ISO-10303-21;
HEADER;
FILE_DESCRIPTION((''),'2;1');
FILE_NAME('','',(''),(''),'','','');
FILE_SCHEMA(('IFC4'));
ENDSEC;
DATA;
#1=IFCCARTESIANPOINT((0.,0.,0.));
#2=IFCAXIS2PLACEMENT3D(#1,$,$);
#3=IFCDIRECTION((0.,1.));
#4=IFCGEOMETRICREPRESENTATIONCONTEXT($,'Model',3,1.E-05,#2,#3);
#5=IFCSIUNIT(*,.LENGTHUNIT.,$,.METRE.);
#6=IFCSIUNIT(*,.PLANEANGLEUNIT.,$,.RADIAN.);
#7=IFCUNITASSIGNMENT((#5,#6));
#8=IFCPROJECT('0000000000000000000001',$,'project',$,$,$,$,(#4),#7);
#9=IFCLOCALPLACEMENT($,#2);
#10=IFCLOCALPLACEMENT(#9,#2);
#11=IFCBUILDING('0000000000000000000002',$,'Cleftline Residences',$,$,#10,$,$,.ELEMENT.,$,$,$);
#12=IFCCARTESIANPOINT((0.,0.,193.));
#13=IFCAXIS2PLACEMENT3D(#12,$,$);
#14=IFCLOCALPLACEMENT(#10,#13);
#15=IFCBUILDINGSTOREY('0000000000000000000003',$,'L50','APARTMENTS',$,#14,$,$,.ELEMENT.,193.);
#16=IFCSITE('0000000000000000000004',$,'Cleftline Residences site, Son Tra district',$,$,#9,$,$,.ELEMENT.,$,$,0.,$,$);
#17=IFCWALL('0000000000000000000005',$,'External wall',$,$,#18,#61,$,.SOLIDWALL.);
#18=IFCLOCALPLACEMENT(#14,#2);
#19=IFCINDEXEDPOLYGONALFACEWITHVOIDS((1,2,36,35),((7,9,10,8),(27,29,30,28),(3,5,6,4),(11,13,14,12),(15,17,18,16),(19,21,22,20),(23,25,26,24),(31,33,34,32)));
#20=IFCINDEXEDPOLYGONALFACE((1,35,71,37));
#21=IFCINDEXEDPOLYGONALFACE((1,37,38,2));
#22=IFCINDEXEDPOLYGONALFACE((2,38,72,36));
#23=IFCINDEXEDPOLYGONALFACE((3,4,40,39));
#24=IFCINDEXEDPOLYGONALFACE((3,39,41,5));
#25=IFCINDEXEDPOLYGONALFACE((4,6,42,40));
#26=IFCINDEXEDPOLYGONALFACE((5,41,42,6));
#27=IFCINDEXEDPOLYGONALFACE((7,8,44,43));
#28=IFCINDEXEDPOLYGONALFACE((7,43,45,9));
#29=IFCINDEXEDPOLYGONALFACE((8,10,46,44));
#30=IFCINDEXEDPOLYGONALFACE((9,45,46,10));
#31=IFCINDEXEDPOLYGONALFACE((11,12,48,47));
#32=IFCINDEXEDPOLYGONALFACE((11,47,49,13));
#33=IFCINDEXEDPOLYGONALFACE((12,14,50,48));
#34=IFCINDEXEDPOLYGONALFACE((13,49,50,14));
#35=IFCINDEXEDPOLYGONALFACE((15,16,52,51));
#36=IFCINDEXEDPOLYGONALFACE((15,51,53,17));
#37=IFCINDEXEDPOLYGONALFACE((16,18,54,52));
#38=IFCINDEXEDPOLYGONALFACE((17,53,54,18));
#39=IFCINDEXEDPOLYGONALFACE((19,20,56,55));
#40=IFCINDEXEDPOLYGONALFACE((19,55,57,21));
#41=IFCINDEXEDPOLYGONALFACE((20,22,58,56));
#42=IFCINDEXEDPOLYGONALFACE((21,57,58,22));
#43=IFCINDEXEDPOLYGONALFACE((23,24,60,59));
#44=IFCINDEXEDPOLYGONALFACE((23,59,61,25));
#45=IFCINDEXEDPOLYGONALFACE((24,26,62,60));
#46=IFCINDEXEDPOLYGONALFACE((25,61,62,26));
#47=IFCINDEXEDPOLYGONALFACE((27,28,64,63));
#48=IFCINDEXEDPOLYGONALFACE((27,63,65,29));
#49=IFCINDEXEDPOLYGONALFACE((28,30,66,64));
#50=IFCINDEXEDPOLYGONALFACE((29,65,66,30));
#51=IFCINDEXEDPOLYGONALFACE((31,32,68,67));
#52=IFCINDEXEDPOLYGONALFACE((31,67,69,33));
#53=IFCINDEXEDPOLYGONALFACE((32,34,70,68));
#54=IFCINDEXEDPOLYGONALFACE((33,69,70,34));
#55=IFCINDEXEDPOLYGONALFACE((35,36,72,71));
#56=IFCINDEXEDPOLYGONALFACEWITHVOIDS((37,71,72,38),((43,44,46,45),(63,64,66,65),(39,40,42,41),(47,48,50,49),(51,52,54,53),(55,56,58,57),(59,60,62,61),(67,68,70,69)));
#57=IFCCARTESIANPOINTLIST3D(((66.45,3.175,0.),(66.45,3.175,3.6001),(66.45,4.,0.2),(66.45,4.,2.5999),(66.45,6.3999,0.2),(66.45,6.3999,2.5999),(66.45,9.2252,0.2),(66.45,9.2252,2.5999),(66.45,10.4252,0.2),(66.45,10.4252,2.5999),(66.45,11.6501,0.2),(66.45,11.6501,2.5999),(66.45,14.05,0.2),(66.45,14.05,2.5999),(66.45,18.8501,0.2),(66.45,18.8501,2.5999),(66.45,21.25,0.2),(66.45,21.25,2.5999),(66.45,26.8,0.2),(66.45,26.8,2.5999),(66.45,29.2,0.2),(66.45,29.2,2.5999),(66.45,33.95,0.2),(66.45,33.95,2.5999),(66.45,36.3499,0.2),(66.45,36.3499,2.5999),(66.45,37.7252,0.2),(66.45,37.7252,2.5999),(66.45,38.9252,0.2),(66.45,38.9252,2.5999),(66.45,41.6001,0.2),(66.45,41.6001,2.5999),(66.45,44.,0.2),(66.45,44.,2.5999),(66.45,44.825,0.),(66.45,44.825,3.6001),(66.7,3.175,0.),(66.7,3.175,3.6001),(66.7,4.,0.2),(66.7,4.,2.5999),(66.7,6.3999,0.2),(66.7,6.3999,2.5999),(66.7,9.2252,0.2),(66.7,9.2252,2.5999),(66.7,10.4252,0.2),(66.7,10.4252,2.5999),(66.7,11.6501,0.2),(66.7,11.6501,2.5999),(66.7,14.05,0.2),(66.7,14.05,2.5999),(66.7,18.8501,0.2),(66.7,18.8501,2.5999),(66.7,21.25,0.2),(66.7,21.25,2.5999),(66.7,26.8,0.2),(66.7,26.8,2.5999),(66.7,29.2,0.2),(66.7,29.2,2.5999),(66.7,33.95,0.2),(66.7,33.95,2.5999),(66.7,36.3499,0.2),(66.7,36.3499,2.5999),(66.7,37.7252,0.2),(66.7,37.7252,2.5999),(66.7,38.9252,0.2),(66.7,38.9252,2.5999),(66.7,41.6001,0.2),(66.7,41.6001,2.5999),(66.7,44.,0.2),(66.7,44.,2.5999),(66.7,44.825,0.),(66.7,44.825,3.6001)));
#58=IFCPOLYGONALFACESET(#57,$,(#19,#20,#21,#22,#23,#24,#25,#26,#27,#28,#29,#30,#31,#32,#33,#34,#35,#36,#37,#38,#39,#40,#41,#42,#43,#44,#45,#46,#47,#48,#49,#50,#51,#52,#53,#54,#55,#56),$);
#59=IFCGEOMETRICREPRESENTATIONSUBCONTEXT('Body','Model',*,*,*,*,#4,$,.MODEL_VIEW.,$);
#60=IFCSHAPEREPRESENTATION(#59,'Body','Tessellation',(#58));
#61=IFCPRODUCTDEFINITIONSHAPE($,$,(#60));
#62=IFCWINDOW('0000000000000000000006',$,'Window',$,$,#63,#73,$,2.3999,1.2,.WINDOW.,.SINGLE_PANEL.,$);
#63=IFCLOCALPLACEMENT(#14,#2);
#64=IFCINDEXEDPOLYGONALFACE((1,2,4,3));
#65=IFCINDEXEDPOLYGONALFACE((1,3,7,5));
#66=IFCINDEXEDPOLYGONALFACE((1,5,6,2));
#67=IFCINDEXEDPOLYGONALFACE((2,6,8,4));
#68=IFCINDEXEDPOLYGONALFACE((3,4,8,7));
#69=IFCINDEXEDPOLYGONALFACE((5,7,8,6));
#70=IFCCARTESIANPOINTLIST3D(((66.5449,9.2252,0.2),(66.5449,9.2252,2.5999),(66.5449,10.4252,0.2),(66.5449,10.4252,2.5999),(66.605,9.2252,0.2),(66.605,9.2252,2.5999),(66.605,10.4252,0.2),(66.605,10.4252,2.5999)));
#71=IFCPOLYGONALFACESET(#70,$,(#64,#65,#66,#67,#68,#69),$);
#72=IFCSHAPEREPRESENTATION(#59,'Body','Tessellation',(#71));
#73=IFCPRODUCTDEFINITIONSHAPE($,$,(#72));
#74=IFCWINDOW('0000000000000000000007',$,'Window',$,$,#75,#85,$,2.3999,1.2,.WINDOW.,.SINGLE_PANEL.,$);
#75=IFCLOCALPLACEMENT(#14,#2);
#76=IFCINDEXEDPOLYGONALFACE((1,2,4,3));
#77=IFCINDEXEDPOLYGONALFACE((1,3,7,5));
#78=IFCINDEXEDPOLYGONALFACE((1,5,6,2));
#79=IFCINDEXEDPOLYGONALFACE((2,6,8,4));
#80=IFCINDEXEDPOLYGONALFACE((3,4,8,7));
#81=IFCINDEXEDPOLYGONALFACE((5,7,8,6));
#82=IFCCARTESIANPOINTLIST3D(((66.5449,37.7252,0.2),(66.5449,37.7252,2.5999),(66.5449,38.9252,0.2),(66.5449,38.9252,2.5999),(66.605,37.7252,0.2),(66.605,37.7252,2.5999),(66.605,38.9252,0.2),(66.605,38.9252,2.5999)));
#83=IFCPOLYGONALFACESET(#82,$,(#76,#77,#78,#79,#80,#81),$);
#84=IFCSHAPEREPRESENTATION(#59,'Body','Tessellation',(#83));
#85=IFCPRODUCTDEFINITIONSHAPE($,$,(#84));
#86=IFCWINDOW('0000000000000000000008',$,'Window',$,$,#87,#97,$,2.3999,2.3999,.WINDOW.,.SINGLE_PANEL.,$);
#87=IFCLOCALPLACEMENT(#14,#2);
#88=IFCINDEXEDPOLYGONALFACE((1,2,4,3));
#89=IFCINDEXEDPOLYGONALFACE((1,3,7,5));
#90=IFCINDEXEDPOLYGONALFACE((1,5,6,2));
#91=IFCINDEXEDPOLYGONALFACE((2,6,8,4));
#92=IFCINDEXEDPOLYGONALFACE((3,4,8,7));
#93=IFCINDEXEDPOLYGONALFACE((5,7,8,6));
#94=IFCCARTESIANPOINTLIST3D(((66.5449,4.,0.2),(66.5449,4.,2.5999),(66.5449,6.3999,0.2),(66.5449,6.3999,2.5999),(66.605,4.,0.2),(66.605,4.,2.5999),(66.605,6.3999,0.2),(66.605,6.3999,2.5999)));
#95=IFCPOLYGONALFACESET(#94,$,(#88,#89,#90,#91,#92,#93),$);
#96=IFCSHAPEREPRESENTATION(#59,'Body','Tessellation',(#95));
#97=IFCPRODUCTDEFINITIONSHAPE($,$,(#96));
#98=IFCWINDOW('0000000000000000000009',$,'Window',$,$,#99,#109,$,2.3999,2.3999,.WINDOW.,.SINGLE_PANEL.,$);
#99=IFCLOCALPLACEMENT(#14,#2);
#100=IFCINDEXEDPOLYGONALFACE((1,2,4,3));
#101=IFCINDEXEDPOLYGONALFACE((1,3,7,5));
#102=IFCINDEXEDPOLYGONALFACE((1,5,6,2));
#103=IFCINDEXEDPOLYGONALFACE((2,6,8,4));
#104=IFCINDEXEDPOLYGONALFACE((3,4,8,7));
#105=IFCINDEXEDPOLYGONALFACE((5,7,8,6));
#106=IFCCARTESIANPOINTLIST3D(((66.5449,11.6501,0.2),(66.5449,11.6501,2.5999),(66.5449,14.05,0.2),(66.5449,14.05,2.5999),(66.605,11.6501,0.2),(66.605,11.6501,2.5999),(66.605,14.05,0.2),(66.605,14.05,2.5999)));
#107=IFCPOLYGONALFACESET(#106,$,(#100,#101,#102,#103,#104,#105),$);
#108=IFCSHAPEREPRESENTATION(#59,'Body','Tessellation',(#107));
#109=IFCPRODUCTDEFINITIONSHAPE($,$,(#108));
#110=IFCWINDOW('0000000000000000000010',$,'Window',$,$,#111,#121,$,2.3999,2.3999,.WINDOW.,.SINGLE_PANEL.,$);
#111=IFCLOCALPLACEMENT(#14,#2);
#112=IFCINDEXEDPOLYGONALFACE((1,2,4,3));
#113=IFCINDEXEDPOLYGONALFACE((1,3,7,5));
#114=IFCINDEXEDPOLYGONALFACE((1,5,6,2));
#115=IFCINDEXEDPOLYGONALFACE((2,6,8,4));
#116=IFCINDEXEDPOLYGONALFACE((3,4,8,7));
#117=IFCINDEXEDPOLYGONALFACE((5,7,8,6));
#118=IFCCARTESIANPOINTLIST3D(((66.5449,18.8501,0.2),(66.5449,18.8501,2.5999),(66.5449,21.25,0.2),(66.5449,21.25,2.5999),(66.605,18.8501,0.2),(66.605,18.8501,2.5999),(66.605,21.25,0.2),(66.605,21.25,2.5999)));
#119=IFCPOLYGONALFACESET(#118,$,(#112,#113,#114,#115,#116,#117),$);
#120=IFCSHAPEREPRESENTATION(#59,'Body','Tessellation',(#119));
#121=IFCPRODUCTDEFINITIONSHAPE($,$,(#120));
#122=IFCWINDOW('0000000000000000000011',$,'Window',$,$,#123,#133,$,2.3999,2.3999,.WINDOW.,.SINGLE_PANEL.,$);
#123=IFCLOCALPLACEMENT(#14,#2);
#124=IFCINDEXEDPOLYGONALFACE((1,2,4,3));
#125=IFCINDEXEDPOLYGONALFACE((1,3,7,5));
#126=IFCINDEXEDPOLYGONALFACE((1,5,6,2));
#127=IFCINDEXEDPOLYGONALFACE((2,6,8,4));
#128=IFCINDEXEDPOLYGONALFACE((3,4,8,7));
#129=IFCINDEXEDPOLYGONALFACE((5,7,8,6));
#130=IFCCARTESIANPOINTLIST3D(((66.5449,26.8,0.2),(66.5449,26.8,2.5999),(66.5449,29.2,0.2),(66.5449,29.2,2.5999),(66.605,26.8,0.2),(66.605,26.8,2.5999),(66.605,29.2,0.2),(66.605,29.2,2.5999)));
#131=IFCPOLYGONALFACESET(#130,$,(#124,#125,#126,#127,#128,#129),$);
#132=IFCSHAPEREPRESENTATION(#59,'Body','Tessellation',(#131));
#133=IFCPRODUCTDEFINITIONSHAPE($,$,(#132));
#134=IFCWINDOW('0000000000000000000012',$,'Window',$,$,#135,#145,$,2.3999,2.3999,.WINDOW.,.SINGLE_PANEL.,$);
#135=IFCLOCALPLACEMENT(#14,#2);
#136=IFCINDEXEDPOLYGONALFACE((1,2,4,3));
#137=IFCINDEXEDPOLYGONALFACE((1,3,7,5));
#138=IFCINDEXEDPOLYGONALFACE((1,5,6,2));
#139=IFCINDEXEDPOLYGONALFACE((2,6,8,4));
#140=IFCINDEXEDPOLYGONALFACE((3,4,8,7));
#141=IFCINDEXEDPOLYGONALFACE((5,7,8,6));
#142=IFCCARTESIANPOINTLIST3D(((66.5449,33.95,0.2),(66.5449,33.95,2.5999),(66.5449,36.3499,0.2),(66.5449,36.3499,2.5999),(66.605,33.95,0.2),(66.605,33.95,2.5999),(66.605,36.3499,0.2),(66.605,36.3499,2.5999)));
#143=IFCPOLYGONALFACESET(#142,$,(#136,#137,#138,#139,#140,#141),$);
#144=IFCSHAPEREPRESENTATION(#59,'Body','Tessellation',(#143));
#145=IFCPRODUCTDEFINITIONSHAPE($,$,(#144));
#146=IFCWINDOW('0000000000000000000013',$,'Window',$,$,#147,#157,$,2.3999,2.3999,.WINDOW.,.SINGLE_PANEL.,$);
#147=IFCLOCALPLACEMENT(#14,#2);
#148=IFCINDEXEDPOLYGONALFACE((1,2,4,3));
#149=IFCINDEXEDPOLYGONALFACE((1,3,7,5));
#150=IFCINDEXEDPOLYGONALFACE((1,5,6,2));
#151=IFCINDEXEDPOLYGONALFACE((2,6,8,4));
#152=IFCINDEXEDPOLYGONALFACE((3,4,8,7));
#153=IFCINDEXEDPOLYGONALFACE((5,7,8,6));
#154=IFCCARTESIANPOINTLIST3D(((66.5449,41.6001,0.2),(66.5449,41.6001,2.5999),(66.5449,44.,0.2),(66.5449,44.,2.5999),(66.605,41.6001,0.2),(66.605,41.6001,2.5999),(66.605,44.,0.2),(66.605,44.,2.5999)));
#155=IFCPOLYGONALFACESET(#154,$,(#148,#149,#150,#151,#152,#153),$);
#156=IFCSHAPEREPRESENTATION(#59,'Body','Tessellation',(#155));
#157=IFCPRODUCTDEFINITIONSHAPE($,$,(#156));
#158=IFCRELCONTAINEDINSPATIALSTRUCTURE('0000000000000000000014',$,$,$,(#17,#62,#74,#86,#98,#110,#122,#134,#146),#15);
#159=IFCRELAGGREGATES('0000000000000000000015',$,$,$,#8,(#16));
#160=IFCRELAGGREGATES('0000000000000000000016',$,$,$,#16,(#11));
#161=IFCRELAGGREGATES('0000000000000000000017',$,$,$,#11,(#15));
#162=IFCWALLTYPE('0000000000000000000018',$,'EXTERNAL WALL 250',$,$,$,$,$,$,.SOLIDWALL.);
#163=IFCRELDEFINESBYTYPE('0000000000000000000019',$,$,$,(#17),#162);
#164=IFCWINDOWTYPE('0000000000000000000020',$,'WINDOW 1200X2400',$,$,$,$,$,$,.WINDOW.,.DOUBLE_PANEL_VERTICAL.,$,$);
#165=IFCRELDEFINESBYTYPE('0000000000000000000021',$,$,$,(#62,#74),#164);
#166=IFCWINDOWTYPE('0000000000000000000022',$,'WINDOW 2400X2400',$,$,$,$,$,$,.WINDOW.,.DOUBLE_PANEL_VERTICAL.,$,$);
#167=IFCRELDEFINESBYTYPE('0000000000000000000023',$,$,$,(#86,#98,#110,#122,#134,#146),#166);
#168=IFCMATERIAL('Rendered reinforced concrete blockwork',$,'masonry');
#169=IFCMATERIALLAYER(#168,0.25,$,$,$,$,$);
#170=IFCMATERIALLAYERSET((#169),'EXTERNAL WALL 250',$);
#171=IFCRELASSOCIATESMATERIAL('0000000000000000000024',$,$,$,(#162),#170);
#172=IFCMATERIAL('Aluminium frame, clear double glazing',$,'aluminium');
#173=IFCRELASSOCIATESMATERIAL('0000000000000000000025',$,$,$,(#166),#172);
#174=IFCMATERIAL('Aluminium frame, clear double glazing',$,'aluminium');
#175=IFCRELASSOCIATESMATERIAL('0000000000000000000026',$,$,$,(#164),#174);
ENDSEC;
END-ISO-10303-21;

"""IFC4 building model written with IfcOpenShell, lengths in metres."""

from ifc_helpers import new_model, si_unit, direction, frame, frame_2d, origin, place, context, subcontext, project, spatial, rectangle, extrude, material, layer, layer_set, type_object, element, fill, save


model = new_model("IFC4")

# Units and contexts
model_context = context("Model", 3, precision=1e-05, world=origin(), true_north=direction((0.0, 1.0)))
body_context = subcontext(model_context, "Body", "Model", "MODEL_VIEW")
ifc_project = project(units=[si_unit("LENGTHUNIT", "METRE"), si_unit("PLANEANGLEUNIT", "RADIAN")], contexts=[model_context])

# Site, building, storey
site_placement = place(None, origin())
site = spatial("IfcSite", under=ifc_project, at=site_placement, Name="Cleftline Residences site, Son Tra district", CompositionType="ELEMENT", RefElevation=0.0)
building_placement = place(site_placement, origin())
building = spatial("IfcBuilding", under=site, at=building_placement, Name="Cleftline Residences", CompositionType="ELEMENT")
storey_placement = place(building_placement, frame((0.0, 0.0, 193.0)))
storey = spatial("IfcBuildingStorey", under=building, at=storey_placement, Name="L50", Description="APARTMENTS", CompositionType="ELEMENT", Elevation=193.0)

# Shared definitions
ifc_material_1 = material(Name="Rendered reinforced concrete blockwork", Category="masonry")
ifc_layer_1 = layer(ifc_material_1, 0.25)
ifc_layer_set_1 = layer_set([ifc_layer_1], Name="EXTERNAL WALL 250")
wall_type_1 = type_object("IfcWallType", Name="EXTERNAL WALL 250", PredefinedType="SOLIDWALL", material=ifc_layer_set_1)
ifc_material_2 = material(Name="Aluminium frame, clear double glazing", Category="aluminium")
window_type_1 = type_object("IfcWindowType", Name="WINDOW 2400X2400", PartitioningType="DOUBLE_PANEL_VERTICAL", PredefinedType="WINDOW", material=ifc_material_2)

# Wall, openings, windows
wall_1_placement = place(storey_placement, frame((66.575, 3.175, 0.0), z_axis=(0.0, 0.0, 1.0), x_axis=(0.0, 1.0, 0.0)))
wall_1 = element("IfcWall", 1, at=wall_1_placement, inside=storey, type_object=wall_type_1, Name="External wall", PredefinedType="SOLIDWALL", context=body_context, shape_type="SweptSolid", body=[
    extrude(rectangle(XDim=41.6499, YDim=0.25, at=frame_2d((20.825, 0.0))), origin(), (0.0, 0.0, 1.0), 3.6001),
])
opening_1_placement = place(wall_1_placement, frame((0.825, 0.0, 0.2)))
opening_1 = element("IfcOpeningElement", 2, at=opening_1_placement, cuts=wall_1, PredefinedType="OPENING", context=body_context, shape_type="SweptSolid", body=[
    extrude(rectangle(XDim=2.3999, YDim=2.3999, at=frame_2d((1.2, 1.2))), frame((0.0, 0.135, 0.0), z_axis=(0.0, -1.0, 0.0), x_axis=(1.0, 0.0, 0.0)), (0.0, 0.0, 1.0), 0.27),
])
opening_2_placement = place(wall_1_placement, frame((6.05, 0.0, 0.2)))
opening_2 = element("IfcOpeningElement", 3, at=opening_2_placement, cuts=wall_1, PredefinedType="OPENING", context=body_context, shape_type="SweptSolid", body=[
    extrude(rectangle(XDim=1.2, YDim=2.3999, at=frame_2d((0.6001, 1.2))), frame((0.0, 0.135, 0.0), z_axis=(0.0, -1.0, 0.0), x_axis=(1.0, 0.0, 0.0)), (0.0, 0.0, 1.0), 0.27),
])
opening_3_placement = place(wall_1_placement, frame((8.4751, 0.0, 0.2)))
opening_3 = element("IfcOpeningElement", 4, at=opening_3_placement, cuts=wall_1, PredefinedType="OPENING", context=body_context, shape_type="SweptSolid", body=[
    extrude(rectangle(XDim=2.3999, YDim=2.3999, at=frame_2d((1.2, 1.2))), frame((0.0, 0.135, 0.0), z_axis=(0.0, -1.0, 0.0), x_axis=(1.0, 0.0, 0.0)), (0.0, 0.0, 1.0), 0.27),
])
opening_4_placement = place(wall_1_placement, frame((15.675, 0.0, 0.2)))
opening_4 = element("IfcOpeningElement", 5, at=opening_4_placement, cuts=wall_1, PredefinedType="OPENING", context=body_context, shape_type="SweptSolid", body=[
    extrude(rectangle(XDim=2.3999, YDim=2.3999, at=frame_2d((1.2, 1.2))), frame((0.0, 0.135, 0.0), z_axis=(0.0, -1.0, 0.0), x_axis=(1.0, 0.0, 0.0)), (0.0, 0.0, 1.0), 0.27),
])
opening_5_placement = place(wall_1_placement, frame((23.625, 0.0, 0.2)))
opening_5 = element("IfcOpeningElement", 6, at=opening_5_placement, cuts=wall_1, PredefinedType="OPENING", context=body_context, shape_type="SweptSolid", body=[
    extrude(rectangle(XDim=2.3999, YDim=2.3999, at=frame_2d((1.2, 1.2))), frame((0.0, 0.135, 0.0), z_axis=(0.0, -1.0, 0.0), x_axis=(1.0, 0.0, 0.0)), (0.0, 0.0, 1.0), 0.27),
])
opening_6_placement = place(wall_1_placement, frame((30.7749, 0.0, 0.2)))
opening_6 = element("IfcOpeningElement", 7, at=opening_6_placement, cuts=wall_1, PredefinedType="OPENING", context=body_context, shape_type="SweptSolid", body=[
    extrude(rectangle(XDim=2.3999, YDim=2.3999, at=frame_2d((1.2, 1.2))), frame((0.0, 0.135, 0.0), z_axis=(0.0, -1.0, 0.0), x_axis=(1.0, 0.0, 0.0)), (0.0, 0.0, 1.0), 0.27),
])
opening_7_placement = place(wall_1_placement, frame((34.55, 0.0, 0.2)))
opening_7 = element("IfcOpeningElement", 8, at=opening_7_placement, cuts=wall_1, PredefinedType="OPENING", context=body_context, shape_type="SweptSolid", body=[
    extrude(rectangle(XDim=1.2, YDim=2.3999, at=frame_2d((0.6001, 1.2))), frame((0.0, 0.135, 0.0), z_axis=(0.0, -1.0, 0.0), x_axis=(1.0, 0.0, 0.0)), (0.0, 0.0, 1.0), 0.27),
])
opening_8_placement = place(wall_1_placement, frame((38.425, 0.0, 0.2)))
opening_8 = element("IfcOpeningElement", 9, at=opening_8_placement, cuts=wall_1, PredefinedType="OPENING", context=body_context, shape_type="SweptSolid", body=[
    extrude(rectangle(XDim=2.3999, YDim=2.3999, at=frame_2d((1.2, 1.2))), frame((0.0, 0.135, 0.0), z_axis=(0.0, -1.0, 0.0), x_axis=(1.0, 0.0, 0.0)), (0.0, 0.0, 1.0), 0.27),
])
ifc_material_3 = material(Name="Aluminium frame, clear double glazing", Category="aluminium")
window_type_2 = type_object("IfcWindowType", Name="WINDOW 1200X2400", PartitioningType="DOUBLE_PANEL_VERTICAL", PredefinedType="WINDOW", material=ifc_material_3)
window_1_placement = place(opening_2_placement, origin())
window_1 = element("IfcWindow", 10, at=window_1_placement, inside=storey, type_object=window_type_2, Name="Window", OverallHeight=2.3999, OverallWidth=1.2, PartitioningType="SINGLE_PANEL", PredefinedType="WINDOW", context=body_context, shape_type="SweptSolid", body=[
    extrude(rectangle(XDim=1.2, YDim=2.3999, at=frame_2d((0.6001, 1.2))), frame((0.0, 0.03, 0.0), z_axis=(0.0, -1.0, 0.0), x_axis=(1.0, 0.0, 0.0)), (0.0, 0.0, 1.0), 0.0601),
])
fill(opening_2, window_1)
window_2_placement = place(opening_7_placement, origin())
window_2 = element("IfcWindow", 11, at=window_2_placement, inside=storey, type_object=window_type_2, Name="Window", OverallHeight=2.3999, OverallWidth=1.2, PartitioningType="SINGLE_PANEL", PredefinedType="WINDOW", context=body_context, shape_type="SweptSolid", body=[
    extrude(rectangle(XDim=1.2, YDim=2.3999, at=frame_2d((0.6001, 1.2))), frame((0.0, 0.03, 0.0), z_axis=(0.0, -1.0, 0.0), x_axis=(1.0, 0.0, 0.0)), (0.0, 0.0, 1.0), 0.0601),
])
fill(opening_7, window_2)
window_3_placement = place(opening_1_placement, origin())
window_3 = element("IfcWindow", 12, at=window_3_placement, inside=storey, type_object=window_type_1, Name="Window", OverallHeight=2.3999, OverallWidth=2.3999, PartitioningType="SINGLE_PANEL", PredefinedType="WINDOW", context=body_context, shape_type="SweptSolid", body=[
    extrude(rectangle(XDim=2.3999, YDim=2.3999, at=frame_2d((1.2, 1.2))), frame((0.0, 0.03, 0.0), z_axis=(0.0, -1.0, 0.0), x_axis=(1.0, 0.0, 0.0)), (0.0, 0.0, 1.0), 0.0601),
])
fill(opening_1, window_3)
window_4_placement = place(opening_3_placement, origin())
window_4 = element("IfcWindow", 13, at=window_4_placement, inside=storey, type_object=window_type_1, Name="Window", OverallHeight=2.3999, OverallWidth=2.3999, PartitioningType="SINGLE_PANEL", PredefinedType="WINDOW", context=body_context, shape_type="SweptSolid", body=[
    extrude(rectangle(XDim=2.3999, YDim=2.3999, at=frame_2d((1.2, 1.2))), frame((0.0, 0.03, 0.0), z_axis=(0.0, -1.0, 0.0), x_axis=(1.0, 0.0, 0.0)), (0.0, 0.0, 1.0), 0.0601),
])
fill(opening_3, window_4)
window_5_placement = place(opening_4_placement, origin())
window_5 = element("IfcWindow", 14, at=window_5_placement, inside=storey, type_object=window_type_1, Name="Window", OverallHeight=2.3999, OverallWidth=2.3999, PartitioningType="SINGLE_PANEL", PredefinedType="WINDOW", context=body_context, shape_type="SweptSolid", body=[
    extrude(rectangle(XDim=2.3999, YDim=2.3999, at=frame_2d((1.2, 1.2))), frame((0.0, 0.03, 0.0), z_axis=(0.0, -1.0, 0.0), x_axis=(1.0, 0.0, 0.0)), (0.0, 0.0, 1.0), 0.0601),
])
fill(opening_4, window_5)
window_6_placement = place(opening_5_placement, origin())
window_6 = element("IfcWindow", 15, at=window_6_placement, inside=storey, type_object=window_type_1, Name="Window", OverallHeight=2.3999, OverallWidth=2.3999, PartitioningType="SINGLE_PANEL", PredefinedType="WINDOW", context=body_context, shape_type="SweptSolid", body=[
    extrude(rectangle(XDim=2.3999, YDim=2.3999, at=frame_2d((1.2, 1.2))), frame((0.0, 0.03, 0.0), z_axis=(0.0, -1.0, 0.0), x_axis=(1.0, 0.0, 0.0)), (0.0, 0.0, 1.0), 0.0601),
])
fill(opening_5, window_6)
window_7_placement = place(opening_6_placement, origin())
window_7 = element("IfcWindow", 16, at=window_7_placement, inside=storey, type_object=window_type_1, Name="Window", OverallHeight=2.3999, OverallWidth=2.3999, PartitioningType="SINGLE_PANEL", PredefinedType="WINDOW", context=body_context, shape_type="SweptSolid", body=[
    extrude(rectangle(XDim=2.3999, YDim=2.3999, at=frame_2d((1.2, 1.2))), frame((0.0, 0.03, 0.0), z_axis=(0.0, -1.0, 0.0), x_axis=(1.0, 0.0, 0.0)), (0.0, 0.0, 1.0), 0.0601),
])
fill(opening_6, window_7)
window_8_placement = place(opening_8_placement, origin())
window_8 = element("IfcWindow", 17, at=window_8_placement, inside=storey, type_object=window_type_1, Name="Window", OverallHeight=2.3999, OverallWidth=2.3999, PartitioningType="SINGLE_PANEL", PredefinedType="WINDOW", context=body_context, shape_type="SweptSolid", body=[
    extrude(rectangle(XDim=2.3999, YDim=2.3999, at=frame_2d((1.2, 1.2))), frame((0.0, 0.03, 0.0), z_axis=(0.0, -1.0, 0.0), x_axis=(1.0, 0.0, 0.0)), (0.0, 0.0, 1.0), 0.0601),
])
fill(opening_8, window_8)

save(model, "model.ifc")
